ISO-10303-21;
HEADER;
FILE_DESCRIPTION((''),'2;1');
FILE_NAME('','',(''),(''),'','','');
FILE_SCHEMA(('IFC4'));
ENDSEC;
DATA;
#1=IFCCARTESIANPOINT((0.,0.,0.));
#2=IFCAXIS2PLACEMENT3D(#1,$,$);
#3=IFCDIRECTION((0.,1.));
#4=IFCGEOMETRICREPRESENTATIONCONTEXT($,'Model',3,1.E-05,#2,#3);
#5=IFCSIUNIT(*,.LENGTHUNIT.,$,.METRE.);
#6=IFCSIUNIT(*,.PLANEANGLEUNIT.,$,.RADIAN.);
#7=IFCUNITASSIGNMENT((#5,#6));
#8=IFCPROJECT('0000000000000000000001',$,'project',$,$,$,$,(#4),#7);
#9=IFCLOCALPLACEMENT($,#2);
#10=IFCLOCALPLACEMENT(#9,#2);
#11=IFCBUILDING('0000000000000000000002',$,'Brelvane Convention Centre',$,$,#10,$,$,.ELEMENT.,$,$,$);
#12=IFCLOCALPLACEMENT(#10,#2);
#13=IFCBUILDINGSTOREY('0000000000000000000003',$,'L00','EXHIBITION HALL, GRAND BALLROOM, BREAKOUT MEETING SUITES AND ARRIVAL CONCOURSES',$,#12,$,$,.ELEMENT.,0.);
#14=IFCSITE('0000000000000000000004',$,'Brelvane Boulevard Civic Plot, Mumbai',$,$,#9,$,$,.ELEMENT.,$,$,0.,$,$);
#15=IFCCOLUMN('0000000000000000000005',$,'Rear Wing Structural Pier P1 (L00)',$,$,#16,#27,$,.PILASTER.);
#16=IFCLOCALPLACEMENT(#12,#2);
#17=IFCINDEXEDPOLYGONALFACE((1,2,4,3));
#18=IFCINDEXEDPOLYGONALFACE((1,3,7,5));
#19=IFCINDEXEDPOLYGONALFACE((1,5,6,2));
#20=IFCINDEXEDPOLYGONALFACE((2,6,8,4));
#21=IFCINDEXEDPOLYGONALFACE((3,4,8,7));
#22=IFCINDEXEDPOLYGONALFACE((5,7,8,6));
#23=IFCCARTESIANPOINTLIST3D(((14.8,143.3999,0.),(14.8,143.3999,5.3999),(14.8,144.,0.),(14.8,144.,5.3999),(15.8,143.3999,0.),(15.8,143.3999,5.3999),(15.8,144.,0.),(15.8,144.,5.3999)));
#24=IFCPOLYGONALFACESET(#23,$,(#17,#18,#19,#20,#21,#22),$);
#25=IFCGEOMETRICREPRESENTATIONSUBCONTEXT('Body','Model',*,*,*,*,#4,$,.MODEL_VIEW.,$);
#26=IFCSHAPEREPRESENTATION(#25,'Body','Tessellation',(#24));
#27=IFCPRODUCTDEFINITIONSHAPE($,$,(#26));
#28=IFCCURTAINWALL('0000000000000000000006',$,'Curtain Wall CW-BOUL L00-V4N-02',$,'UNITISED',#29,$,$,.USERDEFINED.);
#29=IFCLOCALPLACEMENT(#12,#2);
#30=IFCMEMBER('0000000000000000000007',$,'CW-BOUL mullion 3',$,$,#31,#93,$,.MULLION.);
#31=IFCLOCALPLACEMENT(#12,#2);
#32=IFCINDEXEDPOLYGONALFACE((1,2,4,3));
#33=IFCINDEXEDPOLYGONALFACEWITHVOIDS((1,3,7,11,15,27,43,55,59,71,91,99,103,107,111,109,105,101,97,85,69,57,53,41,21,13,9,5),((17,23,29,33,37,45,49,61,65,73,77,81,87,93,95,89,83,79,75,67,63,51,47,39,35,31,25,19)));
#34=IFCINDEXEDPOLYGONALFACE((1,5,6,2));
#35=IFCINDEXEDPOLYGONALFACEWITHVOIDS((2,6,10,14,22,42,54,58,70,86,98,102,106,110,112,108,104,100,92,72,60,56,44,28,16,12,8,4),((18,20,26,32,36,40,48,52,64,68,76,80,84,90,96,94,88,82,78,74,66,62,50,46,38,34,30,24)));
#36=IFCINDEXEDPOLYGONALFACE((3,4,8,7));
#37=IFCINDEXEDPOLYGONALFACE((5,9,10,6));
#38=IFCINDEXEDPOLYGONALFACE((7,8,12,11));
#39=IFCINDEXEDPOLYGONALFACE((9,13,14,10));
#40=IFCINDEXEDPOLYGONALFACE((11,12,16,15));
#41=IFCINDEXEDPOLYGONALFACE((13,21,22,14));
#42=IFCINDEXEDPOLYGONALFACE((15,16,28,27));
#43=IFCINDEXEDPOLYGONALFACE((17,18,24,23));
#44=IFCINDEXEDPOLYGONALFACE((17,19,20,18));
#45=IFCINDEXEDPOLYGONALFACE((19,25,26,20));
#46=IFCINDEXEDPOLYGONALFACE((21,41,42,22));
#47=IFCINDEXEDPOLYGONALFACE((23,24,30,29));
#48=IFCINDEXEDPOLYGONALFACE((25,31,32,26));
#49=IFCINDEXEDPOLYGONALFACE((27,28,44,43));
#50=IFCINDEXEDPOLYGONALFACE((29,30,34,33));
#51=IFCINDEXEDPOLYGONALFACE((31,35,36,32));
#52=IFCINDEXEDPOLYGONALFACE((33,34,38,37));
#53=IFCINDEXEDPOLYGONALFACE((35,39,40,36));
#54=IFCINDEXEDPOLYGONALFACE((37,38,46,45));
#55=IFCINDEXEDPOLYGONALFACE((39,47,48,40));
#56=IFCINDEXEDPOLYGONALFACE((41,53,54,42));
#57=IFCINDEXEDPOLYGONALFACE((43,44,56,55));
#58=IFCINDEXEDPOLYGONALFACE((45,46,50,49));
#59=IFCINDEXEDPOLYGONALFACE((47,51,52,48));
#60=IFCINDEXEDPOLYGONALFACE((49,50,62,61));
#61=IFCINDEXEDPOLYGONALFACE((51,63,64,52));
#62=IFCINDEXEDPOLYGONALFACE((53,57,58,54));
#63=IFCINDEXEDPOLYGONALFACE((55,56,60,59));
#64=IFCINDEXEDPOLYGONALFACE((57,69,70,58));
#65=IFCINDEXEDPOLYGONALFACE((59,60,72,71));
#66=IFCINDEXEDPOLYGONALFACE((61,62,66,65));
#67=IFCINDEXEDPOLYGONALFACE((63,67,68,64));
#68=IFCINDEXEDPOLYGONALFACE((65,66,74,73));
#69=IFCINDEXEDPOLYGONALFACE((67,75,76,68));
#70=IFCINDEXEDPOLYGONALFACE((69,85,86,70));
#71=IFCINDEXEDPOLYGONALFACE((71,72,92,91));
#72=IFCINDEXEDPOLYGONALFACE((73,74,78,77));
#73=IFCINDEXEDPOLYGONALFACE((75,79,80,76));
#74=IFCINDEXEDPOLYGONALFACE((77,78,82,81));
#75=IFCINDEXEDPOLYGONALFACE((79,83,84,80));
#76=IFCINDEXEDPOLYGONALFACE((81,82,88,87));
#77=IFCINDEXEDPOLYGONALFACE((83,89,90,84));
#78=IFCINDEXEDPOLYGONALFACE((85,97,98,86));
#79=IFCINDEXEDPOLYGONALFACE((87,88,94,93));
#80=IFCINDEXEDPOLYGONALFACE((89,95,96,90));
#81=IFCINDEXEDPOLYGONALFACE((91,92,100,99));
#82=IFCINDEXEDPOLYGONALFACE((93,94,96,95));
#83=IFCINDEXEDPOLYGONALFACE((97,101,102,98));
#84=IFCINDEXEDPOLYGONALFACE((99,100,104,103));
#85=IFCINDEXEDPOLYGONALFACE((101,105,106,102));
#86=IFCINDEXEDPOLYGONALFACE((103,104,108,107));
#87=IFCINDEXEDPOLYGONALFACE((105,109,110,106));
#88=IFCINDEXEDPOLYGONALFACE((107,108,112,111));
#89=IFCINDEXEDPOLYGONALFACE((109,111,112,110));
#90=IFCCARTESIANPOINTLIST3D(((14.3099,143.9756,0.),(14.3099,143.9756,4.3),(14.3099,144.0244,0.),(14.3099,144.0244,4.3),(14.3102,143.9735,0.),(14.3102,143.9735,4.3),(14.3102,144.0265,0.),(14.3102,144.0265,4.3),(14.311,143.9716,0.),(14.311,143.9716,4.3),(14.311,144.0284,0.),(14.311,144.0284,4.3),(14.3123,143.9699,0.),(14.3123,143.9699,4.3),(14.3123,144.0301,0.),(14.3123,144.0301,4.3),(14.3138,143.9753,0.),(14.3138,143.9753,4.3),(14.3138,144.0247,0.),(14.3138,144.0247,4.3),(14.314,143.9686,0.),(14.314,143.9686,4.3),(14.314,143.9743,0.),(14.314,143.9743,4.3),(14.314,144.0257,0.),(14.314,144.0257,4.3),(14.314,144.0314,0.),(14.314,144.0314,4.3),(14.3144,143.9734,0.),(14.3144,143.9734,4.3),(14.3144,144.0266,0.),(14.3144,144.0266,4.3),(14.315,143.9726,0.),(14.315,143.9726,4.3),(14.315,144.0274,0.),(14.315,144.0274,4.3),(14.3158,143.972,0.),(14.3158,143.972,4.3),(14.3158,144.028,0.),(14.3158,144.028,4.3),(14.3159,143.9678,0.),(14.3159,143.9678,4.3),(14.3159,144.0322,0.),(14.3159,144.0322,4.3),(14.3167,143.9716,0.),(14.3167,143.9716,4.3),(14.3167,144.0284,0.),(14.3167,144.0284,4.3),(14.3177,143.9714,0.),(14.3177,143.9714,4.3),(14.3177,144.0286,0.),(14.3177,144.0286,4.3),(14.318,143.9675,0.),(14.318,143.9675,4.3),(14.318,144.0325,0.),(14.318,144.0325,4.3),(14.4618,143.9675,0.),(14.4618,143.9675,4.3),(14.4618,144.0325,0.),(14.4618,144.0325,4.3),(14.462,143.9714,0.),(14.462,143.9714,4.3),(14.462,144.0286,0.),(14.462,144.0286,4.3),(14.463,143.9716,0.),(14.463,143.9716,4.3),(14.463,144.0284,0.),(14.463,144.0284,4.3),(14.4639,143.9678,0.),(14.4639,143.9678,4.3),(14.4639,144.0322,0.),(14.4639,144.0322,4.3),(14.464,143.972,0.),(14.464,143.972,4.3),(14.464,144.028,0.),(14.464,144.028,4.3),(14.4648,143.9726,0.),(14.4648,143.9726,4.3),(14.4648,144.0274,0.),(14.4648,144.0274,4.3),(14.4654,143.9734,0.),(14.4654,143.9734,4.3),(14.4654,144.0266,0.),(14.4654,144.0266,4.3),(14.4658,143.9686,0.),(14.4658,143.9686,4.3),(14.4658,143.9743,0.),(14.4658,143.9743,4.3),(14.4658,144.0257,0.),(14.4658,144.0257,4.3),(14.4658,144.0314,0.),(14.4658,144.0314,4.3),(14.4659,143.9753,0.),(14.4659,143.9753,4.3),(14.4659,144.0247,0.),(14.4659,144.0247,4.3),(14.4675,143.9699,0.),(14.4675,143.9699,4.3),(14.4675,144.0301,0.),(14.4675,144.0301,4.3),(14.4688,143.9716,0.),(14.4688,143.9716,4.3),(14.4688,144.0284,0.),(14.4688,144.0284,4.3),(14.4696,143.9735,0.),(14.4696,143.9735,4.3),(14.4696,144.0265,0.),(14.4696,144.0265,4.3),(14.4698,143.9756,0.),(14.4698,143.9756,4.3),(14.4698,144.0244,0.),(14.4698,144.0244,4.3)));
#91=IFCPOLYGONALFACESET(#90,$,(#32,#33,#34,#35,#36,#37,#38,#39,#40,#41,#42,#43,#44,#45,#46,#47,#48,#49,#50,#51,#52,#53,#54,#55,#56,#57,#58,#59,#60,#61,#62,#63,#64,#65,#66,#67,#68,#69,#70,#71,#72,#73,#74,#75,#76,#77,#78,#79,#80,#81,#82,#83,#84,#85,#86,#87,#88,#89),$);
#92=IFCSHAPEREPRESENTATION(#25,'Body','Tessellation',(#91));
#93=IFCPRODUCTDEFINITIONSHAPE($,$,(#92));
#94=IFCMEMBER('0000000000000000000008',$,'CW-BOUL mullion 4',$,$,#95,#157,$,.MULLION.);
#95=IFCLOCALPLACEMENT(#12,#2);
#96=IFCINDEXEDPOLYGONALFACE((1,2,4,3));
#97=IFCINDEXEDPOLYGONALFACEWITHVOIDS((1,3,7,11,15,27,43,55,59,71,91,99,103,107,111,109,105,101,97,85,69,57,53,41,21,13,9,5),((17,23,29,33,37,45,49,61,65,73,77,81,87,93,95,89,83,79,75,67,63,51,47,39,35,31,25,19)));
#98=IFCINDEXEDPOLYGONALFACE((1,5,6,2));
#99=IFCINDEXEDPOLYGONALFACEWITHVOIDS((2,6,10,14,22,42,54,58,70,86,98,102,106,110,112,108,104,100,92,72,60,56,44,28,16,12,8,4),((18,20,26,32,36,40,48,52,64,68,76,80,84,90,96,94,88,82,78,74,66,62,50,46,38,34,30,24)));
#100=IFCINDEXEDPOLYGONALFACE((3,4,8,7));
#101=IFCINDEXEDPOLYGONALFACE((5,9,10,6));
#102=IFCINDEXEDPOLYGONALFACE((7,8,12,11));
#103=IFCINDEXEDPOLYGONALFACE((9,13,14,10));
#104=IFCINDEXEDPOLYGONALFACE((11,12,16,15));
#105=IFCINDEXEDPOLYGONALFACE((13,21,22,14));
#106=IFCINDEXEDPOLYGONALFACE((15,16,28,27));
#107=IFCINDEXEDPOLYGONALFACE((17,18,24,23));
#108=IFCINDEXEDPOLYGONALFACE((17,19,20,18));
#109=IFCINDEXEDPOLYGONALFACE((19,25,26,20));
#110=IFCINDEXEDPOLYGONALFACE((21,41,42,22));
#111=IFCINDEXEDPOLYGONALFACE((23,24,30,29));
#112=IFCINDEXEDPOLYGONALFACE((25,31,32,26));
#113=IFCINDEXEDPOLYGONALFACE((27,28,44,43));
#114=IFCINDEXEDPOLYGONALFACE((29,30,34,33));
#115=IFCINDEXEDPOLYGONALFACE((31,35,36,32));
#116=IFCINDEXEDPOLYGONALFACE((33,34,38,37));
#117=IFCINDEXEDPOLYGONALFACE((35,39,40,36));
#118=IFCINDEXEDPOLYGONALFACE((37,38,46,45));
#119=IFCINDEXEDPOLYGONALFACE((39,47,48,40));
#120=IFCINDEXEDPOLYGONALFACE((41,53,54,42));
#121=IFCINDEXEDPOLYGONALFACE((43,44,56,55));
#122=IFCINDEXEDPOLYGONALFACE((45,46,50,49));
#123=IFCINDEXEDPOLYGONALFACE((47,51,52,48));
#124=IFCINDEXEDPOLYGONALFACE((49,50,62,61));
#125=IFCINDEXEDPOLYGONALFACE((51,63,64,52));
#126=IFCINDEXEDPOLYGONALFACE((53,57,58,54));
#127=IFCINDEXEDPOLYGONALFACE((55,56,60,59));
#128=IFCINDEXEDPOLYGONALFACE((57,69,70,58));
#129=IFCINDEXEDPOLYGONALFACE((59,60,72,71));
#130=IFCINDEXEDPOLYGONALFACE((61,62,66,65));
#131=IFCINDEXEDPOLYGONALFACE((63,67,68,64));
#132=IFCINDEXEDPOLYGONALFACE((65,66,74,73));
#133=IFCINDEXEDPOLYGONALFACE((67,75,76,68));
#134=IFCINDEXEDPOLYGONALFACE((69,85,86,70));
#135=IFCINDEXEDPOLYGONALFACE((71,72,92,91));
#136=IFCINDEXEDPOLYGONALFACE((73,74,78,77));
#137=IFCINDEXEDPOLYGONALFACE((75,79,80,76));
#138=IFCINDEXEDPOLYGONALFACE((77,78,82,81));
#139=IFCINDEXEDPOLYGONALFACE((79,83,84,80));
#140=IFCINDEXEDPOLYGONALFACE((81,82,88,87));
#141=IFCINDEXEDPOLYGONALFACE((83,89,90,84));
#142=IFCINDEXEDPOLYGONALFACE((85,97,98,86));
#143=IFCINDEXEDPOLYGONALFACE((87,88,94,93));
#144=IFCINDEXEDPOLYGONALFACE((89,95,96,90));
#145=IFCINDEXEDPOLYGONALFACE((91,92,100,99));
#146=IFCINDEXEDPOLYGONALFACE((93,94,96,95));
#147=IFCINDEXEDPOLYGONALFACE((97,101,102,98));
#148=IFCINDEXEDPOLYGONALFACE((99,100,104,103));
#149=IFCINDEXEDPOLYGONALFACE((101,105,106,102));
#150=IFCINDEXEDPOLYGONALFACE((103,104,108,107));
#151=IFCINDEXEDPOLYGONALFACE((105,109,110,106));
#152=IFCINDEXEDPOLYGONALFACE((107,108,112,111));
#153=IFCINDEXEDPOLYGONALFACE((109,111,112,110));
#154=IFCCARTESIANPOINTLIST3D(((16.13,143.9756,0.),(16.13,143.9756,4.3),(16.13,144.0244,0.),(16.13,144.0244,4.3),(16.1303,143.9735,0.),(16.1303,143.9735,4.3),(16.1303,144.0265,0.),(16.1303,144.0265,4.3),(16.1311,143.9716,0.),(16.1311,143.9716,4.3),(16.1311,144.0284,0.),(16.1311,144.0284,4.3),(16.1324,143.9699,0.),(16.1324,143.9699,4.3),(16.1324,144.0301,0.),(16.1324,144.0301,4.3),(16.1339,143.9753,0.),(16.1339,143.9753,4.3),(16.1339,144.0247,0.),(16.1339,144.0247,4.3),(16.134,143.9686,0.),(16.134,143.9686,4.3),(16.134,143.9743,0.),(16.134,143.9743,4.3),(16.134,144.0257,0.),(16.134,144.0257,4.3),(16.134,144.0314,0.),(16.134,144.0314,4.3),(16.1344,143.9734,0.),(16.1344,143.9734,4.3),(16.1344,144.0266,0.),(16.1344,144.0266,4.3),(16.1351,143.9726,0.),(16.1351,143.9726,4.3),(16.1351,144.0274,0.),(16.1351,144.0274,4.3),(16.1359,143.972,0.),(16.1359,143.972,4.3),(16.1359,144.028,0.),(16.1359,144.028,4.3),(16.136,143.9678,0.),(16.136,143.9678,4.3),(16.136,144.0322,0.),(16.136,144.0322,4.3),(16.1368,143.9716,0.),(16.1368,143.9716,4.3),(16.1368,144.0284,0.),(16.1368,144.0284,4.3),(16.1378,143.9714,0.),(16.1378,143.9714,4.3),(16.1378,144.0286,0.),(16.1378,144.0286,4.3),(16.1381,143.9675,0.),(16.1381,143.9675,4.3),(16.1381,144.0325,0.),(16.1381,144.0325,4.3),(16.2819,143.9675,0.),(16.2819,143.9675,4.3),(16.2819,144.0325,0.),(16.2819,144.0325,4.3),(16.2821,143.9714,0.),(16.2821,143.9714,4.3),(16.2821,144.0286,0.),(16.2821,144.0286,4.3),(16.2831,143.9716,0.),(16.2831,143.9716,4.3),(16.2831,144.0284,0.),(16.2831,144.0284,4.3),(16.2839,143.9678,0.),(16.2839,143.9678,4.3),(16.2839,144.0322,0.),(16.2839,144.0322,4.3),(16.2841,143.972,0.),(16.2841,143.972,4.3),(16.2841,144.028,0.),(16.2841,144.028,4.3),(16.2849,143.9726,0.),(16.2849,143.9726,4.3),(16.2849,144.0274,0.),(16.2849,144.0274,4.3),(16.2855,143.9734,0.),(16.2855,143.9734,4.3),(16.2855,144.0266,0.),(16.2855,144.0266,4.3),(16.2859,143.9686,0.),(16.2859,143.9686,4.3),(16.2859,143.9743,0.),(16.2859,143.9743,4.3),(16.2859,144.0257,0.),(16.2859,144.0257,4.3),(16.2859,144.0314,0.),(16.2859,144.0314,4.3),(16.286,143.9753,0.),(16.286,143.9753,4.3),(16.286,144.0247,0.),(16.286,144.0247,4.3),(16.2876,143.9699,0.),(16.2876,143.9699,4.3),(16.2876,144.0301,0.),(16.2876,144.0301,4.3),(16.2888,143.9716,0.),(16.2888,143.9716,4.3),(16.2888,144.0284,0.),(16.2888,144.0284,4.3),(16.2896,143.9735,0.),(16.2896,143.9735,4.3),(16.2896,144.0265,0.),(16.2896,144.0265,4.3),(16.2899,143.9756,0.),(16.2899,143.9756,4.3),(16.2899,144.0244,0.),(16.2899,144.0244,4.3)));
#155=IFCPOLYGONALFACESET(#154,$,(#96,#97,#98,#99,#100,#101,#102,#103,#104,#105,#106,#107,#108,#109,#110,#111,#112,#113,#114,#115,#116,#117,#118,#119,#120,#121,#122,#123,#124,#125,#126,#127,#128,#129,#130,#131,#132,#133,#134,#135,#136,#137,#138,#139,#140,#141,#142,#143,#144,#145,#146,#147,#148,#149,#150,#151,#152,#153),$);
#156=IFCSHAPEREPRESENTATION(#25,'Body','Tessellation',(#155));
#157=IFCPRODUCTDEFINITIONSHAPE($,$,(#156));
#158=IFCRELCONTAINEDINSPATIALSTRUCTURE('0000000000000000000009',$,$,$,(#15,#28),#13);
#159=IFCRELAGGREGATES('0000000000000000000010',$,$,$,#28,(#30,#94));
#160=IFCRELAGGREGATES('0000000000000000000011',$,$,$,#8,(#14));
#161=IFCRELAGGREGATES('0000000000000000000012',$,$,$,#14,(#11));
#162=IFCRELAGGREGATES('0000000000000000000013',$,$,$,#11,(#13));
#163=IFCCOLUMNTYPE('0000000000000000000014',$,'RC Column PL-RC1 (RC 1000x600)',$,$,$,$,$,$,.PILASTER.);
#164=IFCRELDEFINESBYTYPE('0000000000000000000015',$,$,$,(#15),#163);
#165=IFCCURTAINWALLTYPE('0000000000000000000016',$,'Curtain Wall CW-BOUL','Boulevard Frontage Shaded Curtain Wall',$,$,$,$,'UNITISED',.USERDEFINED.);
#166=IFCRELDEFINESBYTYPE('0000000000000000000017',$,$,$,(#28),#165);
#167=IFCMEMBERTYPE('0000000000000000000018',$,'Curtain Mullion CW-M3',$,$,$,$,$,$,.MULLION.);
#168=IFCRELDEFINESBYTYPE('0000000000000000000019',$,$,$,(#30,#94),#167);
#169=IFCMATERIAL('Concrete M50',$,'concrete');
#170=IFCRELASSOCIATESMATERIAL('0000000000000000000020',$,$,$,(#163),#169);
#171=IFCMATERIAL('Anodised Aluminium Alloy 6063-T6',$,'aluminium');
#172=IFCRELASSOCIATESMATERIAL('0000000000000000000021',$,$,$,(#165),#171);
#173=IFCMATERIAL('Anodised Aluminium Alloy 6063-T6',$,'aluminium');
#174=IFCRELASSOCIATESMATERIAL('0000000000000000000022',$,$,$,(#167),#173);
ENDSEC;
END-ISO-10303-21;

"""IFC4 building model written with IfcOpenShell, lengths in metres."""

from ifc_helpers import new_model, si_unit, direction, frame, origin, origin_2d, place, context, subcontext, project, spatial, rectangle, hollow_rectangle, extrude, material, material_profile, profile_set, type_object, element, aggregate, save


model = new_model("IFC4")

# Units and contexts
model_context = context("Model", 3, precision=1e-05, world=origin(), true_north=direction((0.0, 1.0)))
body_context = subcontext(model_context, "Body", "Model", "MODEL_VIEW")
ifc_project = project(units=[si_unit("LENGTHUNIT", "METRE"), si_unit("PLANEANGLEUNIT", "RADIAN")], contexts=[model_context])

# Site, building, storey
site_placement = place(None, origin())
site = spatial("IfcSite", under=ifc_project, at=site_placement, Name="Brelvane Boulevard Civic Plot, Mumbai", CompositionType="ELEMENT", RefElevation=0.0)
building_placement = place(site_placement, origin())
building = spatial("IfcBuilding", under=site, at=building_placement, Name="Brelvane Convention Centre", CompositionType="ELEMENT")
storey_placement = place(building_placement, origin())
storey = spatial("IfcBuildingStorey", under=building, at=storey_placement, Name="L00", Description="EXHIBITION HALL, GRAND BALLROOM, BREAKOUT MEETING SUITES AND ARRIVAL CONCOURSES", CompositionType="ELEMENT", Elevation=0.0)

# Column
ifc_material_1 = material(Name="Concrete M50", Category="concrete")
ifc_material_profile_1 = material_profile(ifc_material_1, rectangle(XDim=1.0, YDim=0.6001, at=origin_2d()), Name="RC 1000x600")
ifc_profile_set_1 = profile_set([ifc_material_profile_1], Name="Concrete M50")
column_type = type_object("IfcColumnType", Name="RC Column PL-RC1 (RC 1000x600)", PredefinedType="PILASTER", material=ifc_profile_set_1)
column_placement = place(storey_placement, frame((15.3, 143.7, 0.0), z_axis=(0.0, 0.0, 1.0), x_axis=(1.0, 0.0, 0.0)))
element("IfcColumn", 1, at=column_placement, inside=storey, type_object=column_type, Name="Rear Wing Structural Pier P1 (L00)", PredefinedType="PILASTER", context=body_context, shape_type="SweptSolid", body=[
    extrude(rectangle(XDim=1.0, YDim=0.6001, at=origin_2d()), origin(), (0.0, 0.0, 1.0), 5.3999),
])

# Curtain wall, members
ifc_material_2 = material(Name="Anodised Aluminium Alloy 6063-T6", Category="aluminium")
curtain_wall_type = type_object("IfcCurtainWallType", Name="Curtain Wall CW-BOUL", Description="Boulevard Frontage Shaded Curtain Wall", ElementType="UNITISED", PredefinedType="USERDEFINED", material=ifc_material_2)
curtain_wall_placement = place(storey_placement, origin())
curtain_wall = element("IfcCurtainWall", 2, at=curtain_wall_placement, inside=storey, type_object=curtain_wall_type, Name="Curtain Wall CW-BOUL L00-V4N-02", ObjectType="UNITISED", PredefinedType="USERDEFINED")
ifc_material_3 = material(Name="Anodised Aluminium Alloy 6063-T6", Category="aluminium")
ifc_material_profile_2 = material_profile(ifc_material_3, hollow_rectangle(XDim=0.0649, YDim=0.1599, WallThickness=0.0039, InnerFilletRadius=0.0039, OuterFilletRadius=0.0081, at=origin_2d()), Name="ALU-M 160x65x4.0")
ifc_profile_set_2 = profile_set([ifc_material_profile_2], Name="Anodised Aluminium Alloy 6063-T6")
member_type_1 = type_object("IfcMemberType", Name="Curtain Mullion CW-M3", PredefinedType="MULLION", material=ifc_profile_set_2)
member_1_placement = place(storey_placement, frame((14.3899, 144.0, 0.0), z_axis=(0.0, 0.0, 1.0), x_axis=(0.0, 1.0, 0.0)))
member_1 = element("IfcMember", 3, at=member_1_placement, type_object=member_type_1, Name="CW-BOUL mullion 3", PredefinedType="MULLION", context=body_context, shape_type="SweptSolid", body=[
    extrude(hollow_rectangle(XDim=0.0649, YDim=0.1599, WallThickness=0.0039, InnerFilletRadius=0.0039, OuterFilletRadius=0.0081, at=origin_2d()), origin(), (0.0, 0.0, 1.0), 4.3),
])
member_2_placement = place(storey_placement, frame((16.21, 144.0, 0.0), z_axis=(0.0, 0.0, 1.0), x_axis=(0.0, 1.0, 0.0)))
member_2 = element("IfcMember", 4, at=member_2_placement, type_object=member_type_1, Name="CW-BOUL mullion 4", PredefinedType="MULLION", context=body_context, shape_type="SweptSolid", body=[
    extrude(hollow_rectangle(XDim=0.0649, YDim=0.1599, WallThickness=0.0039, InnerFilletRadius=0.0039, OuterFilletRadius=0.0081, at=origin_2d()), origin(), (0.0, 0.0, 1.0), 4.3),
])
aggregate(curtain_wall, [member_1, member_2])

save(model, "model.ifc")
